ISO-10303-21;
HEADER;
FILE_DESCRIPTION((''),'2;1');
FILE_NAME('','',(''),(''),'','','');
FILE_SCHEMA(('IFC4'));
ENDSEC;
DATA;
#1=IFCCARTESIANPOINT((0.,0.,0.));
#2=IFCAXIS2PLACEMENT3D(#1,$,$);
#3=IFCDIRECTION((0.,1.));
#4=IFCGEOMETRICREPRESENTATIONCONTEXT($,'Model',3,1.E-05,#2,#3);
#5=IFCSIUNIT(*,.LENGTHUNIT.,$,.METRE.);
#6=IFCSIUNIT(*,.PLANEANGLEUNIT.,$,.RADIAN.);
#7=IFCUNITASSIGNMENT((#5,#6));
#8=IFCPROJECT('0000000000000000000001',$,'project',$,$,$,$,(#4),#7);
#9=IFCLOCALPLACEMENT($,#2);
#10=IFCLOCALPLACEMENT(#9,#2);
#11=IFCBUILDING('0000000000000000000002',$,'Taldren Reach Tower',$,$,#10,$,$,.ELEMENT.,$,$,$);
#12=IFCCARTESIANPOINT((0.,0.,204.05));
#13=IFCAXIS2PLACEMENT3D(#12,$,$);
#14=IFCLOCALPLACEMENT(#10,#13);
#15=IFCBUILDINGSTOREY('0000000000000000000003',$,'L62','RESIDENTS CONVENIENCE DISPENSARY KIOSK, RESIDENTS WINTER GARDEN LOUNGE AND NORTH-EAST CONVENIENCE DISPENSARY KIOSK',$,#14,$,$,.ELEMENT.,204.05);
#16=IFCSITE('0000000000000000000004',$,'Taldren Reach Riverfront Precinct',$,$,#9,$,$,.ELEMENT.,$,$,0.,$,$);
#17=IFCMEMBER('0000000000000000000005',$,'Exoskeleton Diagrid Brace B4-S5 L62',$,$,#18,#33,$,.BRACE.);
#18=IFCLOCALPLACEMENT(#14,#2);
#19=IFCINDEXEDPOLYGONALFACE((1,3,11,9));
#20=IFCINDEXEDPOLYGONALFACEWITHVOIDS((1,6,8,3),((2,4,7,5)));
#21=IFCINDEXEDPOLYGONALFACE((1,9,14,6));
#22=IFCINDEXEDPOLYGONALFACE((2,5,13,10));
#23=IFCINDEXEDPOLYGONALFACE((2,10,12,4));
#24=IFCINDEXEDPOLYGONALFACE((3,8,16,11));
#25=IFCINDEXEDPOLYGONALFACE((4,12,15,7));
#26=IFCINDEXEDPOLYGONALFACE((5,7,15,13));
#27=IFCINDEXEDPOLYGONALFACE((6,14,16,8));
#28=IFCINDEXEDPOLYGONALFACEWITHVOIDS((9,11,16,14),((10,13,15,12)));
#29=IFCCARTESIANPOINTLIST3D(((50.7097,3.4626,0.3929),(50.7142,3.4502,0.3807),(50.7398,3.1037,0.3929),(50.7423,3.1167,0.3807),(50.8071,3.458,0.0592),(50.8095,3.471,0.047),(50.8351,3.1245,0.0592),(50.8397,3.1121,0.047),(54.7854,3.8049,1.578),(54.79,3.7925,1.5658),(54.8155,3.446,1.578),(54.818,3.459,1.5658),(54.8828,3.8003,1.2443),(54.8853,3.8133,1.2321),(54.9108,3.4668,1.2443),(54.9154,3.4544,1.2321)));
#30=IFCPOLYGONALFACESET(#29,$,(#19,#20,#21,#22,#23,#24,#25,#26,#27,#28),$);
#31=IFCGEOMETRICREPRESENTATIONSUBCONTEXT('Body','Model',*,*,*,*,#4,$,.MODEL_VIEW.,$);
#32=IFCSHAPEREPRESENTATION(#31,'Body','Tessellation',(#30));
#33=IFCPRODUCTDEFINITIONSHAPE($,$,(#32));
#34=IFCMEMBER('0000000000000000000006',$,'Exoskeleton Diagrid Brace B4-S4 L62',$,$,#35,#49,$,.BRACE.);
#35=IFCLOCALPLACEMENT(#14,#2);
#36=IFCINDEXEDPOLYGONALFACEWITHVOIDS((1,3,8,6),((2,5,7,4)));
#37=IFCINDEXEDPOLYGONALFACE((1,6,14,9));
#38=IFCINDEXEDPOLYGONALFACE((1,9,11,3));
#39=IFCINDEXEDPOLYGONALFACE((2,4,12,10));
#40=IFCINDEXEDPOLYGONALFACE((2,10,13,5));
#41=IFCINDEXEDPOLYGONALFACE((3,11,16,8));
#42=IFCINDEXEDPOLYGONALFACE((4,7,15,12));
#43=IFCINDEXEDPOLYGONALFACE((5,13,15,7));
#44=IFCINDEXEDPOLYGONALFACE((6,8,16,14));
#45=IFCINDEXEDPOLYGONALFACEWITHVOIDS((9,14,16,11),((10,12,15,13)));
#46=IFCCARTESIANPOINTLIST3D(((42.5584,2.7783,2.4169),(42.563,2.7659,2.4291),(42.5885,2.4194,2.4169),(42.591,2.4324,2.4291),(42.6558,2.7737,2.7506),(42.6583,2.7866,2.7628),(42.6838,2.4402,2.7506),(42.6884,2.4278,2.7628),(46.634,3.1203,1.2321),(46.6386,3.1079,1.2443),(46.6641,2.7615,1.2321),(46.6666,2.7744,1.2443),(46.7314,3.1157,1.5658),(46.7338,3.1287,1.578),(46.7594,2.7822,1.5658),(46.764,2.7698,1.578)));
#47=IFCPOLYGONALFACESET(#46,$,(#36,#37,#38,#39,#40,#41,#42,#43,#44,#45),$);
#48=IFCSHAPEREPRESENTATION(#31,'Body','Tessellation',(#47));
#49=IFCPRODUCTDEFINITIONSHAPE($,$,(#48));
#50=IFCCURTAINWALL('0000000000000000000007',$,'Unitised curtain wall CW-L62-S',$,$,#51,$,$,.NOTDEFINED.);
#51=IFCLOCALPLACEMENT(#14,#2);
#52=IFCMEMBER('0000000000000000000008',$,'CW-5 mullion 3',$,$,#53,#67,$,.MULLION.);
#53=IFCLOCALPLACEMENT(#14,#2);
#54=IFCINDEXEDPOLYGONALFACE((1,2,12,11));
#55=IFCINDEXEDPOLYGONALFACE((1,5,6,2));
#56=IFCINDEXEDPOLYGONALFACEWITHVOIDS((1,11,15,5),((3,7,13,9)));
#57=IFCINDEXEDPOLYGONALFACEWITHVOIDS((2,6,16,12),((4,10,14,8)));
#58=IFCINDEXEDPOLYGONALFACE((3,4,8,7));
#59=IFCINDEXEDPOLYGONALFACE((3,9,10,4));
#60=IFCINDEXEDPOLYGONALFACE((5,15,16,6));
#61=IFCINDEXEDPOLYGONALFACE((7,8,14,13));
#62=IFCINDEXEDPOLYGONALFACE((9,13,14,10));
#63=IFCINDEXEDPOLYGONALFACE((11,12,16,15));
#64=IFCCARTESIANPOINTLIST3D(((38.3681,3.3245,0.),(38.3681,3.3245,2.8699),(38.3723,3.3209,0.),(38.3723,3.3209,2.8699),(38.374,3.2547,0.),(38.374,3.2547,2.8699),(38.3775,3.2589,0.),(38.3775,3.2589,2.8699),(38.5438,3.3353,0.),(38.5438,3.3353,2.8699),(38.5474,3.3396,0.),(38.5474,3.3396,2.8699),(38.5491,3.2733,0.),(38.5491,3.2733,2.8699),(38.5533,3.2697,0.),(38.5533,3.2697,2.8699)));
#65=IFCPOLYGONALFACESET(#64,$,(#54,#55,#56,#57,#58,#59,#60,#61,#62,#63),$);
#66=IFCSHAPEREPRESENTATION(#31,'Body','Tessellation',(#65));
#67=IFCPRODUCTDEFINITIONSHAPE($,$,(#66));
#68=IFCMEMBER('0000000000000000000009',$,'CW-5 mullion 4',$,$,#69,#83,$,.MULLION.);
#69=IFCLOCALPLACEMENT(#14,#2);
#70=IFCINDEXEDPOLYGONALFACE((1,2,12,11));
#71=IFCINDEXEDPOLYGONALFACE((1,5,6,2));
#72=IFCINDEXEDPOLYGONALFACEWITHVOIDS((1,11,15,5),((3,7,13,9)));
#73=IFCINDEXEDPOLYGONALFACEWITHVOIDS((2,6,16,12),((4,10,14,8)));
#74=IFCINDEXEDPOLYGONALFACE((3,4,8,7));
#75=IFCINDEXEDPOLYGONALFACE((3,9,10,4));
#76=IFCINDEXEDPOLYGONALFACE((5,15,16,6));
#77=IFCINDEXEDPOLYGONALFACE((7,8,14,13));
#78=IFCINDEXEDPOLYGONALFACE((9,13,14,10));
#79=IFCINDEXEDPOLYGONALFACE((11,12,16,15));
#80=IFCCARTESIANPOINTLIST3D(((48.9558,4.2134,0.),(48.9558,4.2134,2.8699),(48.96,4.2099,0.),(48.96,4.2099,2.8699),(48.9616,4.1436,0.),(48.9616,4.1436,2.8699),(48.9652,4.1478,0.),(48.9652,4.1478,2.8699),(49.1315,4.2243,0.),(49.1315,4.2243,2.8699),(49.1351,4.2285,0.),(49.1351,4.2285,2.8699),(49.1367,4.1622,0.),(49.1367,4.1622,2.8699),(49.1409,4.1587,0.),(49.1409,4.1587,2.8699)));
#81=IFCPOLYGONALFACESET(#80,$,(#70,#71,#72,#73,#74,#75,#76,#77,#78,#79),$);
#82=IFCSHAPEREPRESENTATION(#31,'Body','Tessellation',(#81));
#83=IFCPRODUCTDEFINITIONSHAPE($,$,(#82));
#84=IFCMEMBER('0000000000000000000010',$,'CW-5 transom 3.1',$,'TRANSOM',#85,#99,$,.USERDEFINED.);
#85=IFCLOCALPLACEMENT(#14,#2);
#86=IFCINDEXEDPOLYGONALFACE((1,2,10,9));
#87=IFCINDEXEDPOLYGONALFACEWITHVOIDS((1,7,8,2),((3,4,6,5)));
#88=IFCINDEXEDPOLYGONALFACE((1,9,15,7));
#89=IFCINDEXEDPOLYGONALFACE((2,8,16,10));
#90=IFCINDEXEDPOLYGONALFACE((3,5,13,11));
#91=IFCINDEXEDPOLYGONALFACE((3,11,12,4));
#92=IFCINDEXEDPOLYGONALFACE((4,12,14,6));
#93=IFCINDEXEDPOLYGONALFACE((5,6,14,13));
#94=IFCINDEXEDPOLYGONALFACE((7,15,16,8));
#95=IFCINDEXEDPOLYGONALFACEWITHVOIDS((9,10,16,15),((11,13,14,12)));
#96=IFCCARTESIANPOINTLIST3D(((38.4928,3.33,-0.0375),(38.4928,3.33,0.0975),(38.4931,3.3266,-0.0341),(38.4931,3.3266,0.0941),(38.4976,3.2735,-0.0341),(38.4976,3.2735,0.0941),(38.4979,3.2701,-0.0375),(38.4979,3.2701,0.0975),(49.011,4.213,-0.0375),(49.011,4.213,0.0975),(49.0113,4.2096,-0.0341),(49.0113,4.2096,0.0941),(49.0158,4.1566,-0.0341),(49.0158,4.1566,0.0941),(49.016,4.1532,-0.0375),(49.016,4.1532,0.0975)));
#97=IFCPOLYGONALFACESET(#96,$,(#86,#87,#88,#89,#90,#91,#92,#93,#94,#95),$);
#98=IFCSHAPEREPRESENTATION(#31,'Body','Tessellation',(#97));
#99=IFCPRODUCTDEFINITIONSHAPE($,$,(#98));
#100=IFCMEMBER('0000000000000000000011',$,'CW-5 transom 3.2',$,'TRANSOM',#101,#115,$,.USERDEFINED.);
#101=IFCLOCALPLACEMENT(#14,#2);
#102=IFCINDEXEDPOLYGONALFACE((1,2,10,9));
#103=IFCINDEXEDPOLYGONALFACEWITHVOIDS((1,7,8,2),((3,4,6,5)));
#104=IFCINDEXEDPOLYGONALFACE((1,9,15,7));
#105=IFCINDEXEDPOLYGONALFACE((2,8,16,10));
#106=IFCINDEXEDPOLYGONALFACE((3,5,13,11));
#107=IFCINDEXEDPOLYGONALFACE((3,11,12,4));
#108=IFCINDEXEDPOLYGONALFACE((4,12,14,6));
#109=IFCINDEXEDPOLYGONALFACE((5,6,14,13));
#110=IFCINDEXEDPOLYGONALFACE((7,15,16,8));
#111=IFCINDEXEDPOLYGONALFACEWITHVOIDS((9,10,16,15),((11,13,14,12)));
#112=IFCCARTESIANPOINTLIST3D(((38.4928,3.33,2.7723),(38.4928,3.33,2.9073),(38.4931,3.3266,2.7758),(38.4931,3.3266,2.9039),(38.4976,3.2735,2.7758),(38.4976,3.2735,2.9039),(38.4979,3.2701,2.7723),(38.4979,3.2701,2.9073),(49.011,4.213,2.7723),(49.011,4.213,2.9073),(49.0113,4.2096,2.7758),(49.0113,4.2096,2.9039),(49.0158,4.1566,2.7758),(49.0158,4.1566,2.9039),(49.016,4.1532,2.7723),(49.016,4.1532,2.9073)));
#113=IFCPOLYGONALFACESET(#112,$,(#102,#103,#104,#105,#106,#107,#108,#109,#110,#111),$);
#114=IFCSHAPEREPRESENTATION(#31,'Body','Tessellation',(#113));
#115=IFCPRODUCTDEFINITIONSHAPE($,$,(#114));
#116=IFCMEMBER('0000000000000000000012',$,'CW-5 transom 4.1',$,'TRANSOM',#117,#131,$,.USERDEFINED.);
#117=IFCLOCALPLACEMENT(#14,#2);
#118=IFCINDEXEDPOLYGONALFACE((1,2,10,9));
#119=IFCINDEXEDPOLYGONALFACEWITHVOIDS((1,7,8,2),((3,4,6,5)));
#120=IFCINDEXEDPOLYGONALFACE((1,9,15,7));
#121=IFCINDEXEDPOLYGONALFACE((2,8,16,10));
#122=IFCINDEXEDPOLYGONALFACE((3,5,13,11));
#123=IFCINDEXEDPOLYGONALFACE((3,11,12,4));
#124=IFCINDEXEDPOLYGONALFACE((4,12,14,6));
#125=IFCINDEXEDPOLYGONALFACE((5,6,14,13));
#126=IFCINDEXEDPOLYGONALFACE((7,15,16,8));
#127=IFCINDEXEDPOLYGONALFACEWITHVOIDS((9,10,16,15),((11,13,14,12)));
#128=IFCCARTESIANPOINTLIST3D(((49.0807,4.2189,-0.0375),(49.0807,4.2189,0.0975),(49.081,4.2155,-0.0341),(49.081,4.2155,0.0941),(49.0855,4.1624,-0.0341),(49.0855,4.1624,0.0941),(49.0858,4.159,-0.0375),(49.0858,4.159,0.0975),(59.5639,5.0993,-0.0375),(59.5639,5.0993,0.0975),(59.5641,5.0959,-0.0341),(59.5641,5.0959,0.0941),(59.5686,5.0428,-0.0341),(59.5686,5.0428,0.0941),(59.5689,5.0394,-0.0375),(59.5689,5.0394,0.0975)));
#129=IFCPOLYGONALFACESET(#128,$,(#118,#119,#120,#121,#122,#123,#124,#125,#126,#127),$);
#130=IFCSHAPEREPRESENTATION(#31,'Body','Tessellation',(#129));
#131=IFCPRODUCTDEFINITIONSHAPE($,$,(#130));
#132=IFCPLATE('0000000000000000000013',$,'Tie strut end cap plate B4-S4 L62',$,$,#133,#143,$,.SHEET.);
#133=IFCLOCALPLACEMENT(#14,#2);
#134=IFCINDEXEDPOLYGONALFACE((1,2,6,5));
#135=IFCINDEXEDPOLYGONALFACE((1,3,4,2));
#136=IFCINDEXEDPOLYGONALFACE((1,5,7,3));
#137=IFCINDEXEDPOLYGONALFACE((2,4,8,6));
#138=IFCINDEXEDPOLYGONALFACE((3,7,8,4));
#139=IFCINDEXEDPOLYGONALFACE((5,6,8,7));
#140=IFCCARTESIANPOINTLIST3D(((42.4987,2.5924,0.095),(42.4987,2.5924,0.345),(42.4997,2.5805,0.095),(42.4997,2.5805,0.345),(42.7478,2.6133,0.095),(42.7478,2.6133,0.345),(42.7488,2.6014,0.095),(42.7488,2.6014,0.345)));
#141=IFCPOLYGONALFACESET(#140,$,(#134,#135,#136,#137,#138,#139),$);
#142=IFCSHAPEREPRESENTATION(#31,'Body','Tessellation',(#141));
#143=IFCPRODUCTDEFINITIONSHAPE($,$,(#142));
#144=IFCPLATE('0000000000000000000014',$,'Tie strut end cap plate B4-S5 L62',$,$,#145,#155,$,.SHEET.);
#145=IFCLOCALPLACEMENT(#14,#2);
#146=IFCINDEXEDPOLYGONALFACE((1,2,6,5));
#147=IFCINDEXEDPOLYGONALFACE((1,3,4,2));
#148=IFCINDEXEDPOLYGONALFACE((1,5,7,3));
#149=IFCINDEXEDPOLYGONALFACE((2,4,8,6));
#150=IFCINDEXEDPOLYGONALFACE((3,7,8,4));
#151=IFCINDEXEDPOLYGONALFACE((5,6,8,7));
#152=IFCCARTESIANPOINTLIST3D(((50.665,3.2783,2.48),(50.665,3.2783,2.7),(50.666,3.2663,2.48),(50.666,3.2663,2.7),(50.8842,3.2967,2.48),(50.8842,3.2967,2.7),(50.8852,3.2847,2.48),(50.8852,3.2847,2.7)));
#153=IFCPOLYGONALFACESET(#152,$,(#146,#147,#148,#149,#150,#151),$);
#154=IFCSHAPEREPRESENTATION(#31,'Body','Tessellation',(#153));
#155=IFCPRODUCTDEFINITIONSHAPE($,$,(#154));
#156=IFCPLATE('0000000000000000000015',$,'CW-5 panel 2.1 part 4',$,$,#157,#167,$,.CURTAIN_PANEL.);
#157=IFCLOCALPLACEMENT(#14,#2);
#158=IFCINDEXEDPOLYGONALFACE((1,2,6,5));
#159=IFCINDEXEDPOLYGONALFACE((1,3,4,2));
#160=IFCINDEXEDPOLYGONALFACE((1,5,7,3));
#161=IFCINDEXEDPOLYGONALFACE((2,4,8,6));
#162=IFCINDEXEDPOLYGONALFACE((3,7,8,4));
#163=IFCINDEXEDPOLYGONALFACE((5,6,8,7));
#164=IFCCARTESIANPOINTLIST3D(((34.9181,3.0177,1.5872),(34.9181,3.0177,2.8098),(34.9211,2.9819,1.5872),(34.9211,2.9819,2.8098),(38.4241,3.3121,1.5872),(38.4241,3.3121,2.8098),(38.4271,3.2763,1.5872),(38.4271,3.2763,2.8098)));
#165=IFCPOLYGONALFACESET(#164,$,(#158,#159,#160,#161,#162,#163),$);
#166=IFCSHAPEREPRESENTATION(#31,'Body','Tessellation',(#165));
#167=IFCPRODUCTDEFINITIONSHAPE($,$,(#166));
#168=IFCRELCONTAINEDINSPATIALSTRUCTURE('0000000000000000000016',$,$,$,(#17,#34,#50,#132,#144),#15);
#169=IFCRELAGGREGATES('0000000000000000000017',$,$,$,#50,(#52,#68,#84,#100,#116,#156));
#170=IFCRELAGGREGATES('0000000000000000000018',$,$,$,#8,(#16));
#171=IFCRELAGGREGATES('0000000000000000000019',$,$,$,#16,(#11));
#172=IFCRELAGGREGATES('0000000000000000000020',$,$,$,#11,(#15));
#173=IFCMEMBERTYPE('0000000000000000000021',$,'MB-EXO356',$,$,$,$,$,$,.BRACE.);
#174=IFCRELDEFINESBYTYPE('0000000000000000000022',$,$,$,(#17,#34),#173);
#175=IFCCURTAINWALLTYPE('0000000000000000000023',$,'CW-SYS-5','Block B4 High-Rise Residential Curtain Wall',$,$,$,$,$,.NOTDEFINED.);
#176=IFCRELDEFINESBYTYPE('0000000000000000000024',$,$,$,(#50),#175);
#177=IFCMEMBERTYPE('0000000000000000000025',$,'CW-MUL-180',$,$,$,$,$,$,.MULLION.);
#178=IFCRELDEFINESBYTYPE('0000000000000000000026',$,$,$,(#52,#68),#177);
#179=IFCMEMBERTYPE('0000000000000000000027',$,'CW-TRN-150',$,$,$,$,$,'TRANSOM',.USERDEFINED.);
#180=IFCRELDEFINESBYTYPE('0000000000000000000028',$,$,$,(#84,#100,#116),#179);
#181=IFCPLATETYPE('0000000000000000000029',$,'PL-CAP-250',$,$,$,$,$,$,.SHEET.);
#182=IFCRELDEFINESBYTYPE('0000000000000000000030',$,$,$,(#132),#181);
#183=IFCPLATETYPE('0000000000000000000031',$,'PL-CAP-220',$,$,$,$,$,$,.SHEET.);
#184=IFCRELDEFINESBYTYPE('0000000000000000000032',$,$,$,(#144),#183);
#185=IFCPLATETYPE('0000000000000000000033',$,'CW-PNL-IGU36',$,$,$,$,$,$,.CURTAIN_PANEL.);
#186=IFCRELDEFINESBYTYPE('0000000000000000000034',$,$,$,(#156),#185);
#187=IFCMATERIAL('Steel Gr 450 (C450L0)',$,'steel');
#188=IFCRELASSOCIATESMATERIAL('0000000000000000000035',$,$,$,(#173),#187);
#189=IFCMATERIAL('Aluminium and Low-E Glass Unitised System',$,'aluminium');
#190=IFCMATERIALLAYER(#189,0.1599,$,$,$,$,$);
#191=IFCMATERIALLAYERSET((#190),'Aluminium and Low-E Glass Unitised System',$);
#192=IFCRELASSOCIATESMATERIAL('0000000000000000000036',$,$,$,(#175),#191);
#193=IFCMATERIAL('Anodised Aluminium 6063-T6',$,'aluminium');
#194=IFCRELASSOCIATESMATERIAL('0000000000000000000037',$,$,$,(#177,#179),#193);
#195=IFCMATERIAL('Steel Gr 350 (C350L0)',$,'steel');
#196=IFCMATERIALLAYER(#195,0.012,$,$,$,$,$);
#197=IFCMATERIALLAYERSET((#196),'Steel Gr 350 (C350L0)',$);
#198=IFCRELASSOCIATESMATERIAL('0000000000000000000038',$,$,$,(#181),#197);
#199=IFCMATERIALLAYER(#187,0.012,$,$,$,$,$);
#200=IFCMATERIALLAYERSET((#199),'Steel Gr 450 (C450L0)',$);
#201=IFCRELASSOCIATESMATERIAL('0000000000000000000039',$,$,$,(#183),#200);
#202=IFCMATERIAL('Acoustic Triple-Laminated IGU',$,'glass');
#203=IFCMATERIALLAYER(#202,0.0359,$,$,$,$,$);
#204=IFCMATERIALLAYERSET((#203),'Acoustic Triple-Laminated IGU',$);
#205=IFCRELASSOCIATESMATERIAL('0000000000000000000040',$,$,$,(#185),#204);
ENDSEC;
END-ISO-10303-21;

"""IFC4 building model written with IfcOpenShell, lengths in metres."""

from ifc_helpers import new_model, si_unit, direction, frame, origin, origin_2d, place, context, subcontext, project, spatial, rectangle, hollow_rectangle, extrude, source, transform, mapped, material, layer, layer_set, material_profile, profile_set, type_object, element, aggregate, save


model = new_model("IFC4")

# Units and contexts
model_context = context("Model", 3, precision=1e-05, world=origin(), true_north=direction((0.0, 1.0)))
body_context = subcontext(model_context, "Body", "Model", "MODEL_VIEW")
ifc_project = project(units=[si_unit("LENGTHUNIT", "METRE"), si_unit("PLANEANGLEUNIT", "RADIAN")], contexts=[model_context])

# Site, building, storey
site_placement = place(None, origin())
site = spatial("IfcSite", under=ifc_project, at=site_placement, Name="Taldren Reach Riverfront Precinct", CompositionType="ELEMENT", RefElevation=0.0)
building_placement = place(site_placement, origin())
building = spatial("IfcBuilding", under=site, at=building_placement, Name="Taldren Reach Tower", CompositionType="ELEMENT")
storey_placement = place(building_placement, frame((0.0, 0.0, 204.05)))
storey = spatial("IfcBuildingStorey", under=building, at=storey_placement, Name="L62", Description="RESIDENTS CONVENIENCE DISPENSARY KIOSK, RESIDENTS WINTER GARDEN LOUNGE AND NORTH-EAST CONVENIENCE DISPENSARY KIOSK", CompositionType="ELEMENT", Elevation=204.05)

# Shared definitions
ifc_material_1 = material(Name="Steel Gr 350 (C350L0)", Category="steel")

# Members
ifc_material_2 = material(Name="Steel Gr 450 (C450L0)", Category="steel")
ifc_material_profile_1 = material_profile(ifc_material_2, hollow_rectangle(XDim=0.3601, YDim=0.3601, WallThickness=0.0127, at=origin_2d()), Name="360x360x12.7SHS")
ifc_profile_set_1 = profile_set([ifc_material_profile_1], Name="Steel Gr 450 (C450L0)")
member_type_1 = type_object("IfcMemberType", Name="MB-EXO356", PredefinedType="BRACE", material=ifc_profile_set_1)
shared_shape_1 = source(origin(), body_context, "Body", "SweptSolid", [
    extrude(hollow_rectangle(XDim=0.3601, YDim=0.3601, WallThickness=0.0127, at=origin_2d()), origin(), (0.0, 0.0, 1.0), 4.2583),
])
for number, where, z_axis, x_axis, name in (
    (1, (50.7747, 3.2874, 0.22), (0.957126, 0.080382, 0.278297), (-0.083688, 0.996492, 0.0), "Exoskeleton Diagrid Brace B4-S5 L62"),
):
    element("IfcMember", number, at=place(storey_placement, frame(where, z_axis=z_axis, x_axis=x_axis)), inside=storey, type_object=member_type_1, Name=name, PredefinedType="BRACE", context=body_context, shape_type="MappedRepresentation", body=[
        mapped(shared_shape_1, transform((0.0, 0.0, 0.0), scale=1.0)),
    ])
shared_shape_2 = source(origin(), body_context, "Body", "SweptSolid", [
    extrude(hollow_rectangle(XDim=0.3601, YDim=0.3601, WallThickness=0.0127, at=origin_2d()), origin(), (0.0, 0.0, 1.0), 4.2581),
])
member_1_placement = place(storey_placement, frame((46.699, 2.9451, 1.405), z_axis=(-0.957145, -0.080326, 0.278245), x_axis=(0.083628, -0.996497, 0.0)))
element("IfcMember", 2, at=member_1_placement, inside=storey, type_object=member_type_1, Name="Exoskeleton Diagrid Brace B4-S4 L62", PredefinedType="BRACE", context=body_context, shape_type="MappedRepresentation", body=[
    mapped(shared_shape_2, transform((0.0, 0.0, 0.0), scale=1.0)),
])

# Curtain wall, members
ifc_material_3 = material(Name="Aluminium and Low-E Glass Unitised System", Category="aluminium")
ifc_layer_1 = layer(ifc_material_3, 0.1599)
ifc_layer_set_1 = layer_set([ifc_layer_1], Name="Aluminium and Low-E Glass Unitised System")
curtain_wall_type = type_object("IfcCurtainWallType", Name="CW-SYS-5", Description="Block B4 High-Rise Residential Curtain Wall", PredefinedType="NOTDEFINED", material=ifc_layer_set_1)
curtain_wall_placement = place(storey_placement, origin())
curtain_wall = element("IfcCurtainWall", 3, at=curtain_wall_placement, inside=storey, type_object=curtain_wall_type, Name="Unitised curtain wall CW-L62-S", PredefinedType="NOTDEFINED")
ifc_material_4 = material(Name="Anodised Aluminium 6063-T6", Category="aluminium")
ifc_material_profile_2 = material_profile(ifc_material_4, hollow_rectangle(XDim=0.0701, YDim=0.1799, WallThickness=0.0039, at=origin_2d()), Name="ALU-180x70x4RHS")
ifc_profile_set_2 = profile_set([ifc_material_profile_2], Name="Anodised Aluminium 6063-T6")
member_type_2 = type_object("IfcMemberType", Name="CW-MUL-180", PredefinedType="MULLION", material=ifc_profile_set_2)
shared_shape_3 = source(origin(), body_context, "Body", "SweptSolid", [
    extrude(hollow_rectangle(XDim=0.0701, YDim=0.1799, WallThickness=0.0039, at=origin_2d()), origin(), (0.0, 0.0, 1.0), 2.8699),
])
member_2_placement = place(storey_placement, frame((38.4607, 3.2971, 0.0), z_axis=(0.0, 0.0, 1.0), x_axis=(-0.083678, 0.996493, 0.0)))
member_2 = element("IfcMember", 4, at=member_2_placement, type_object=member_type_2, Name="CW-5 mullion 3", PredefinedType="MULLION", context=body_context, shape_type="MappedRepresentation", body=[
    mapped(shared_shape_3, transform((0.0, 0.0, 0.0), scale=1.0)),
])
member_3_placement = place(storey_placement, frame((49.0483, 4.186, 0.0), z_axis=(0.0, 0.0, 1.0), x_axis=(-0.083678, 0.996493, 0.0)))
member_3 = element("IfcMember", 5, at=member_3_placement, type_object=member_type_2, Name="CW-5 mullion 4", PredefinedType="MULLION", context=body_context, shape_type="MappedRepresentation", body=[
    mapped(shared_shape_3, transform((0.0, 0.0, 0.0), scale=1.0)),
])
ifc_material_profile_3 = material_profile(ifc_material_4, hollow_rectangle(XDim=0.0601, YDim=0.135, WallThickness=0.0034, at=origin_2d()), Name="ALU-135x60x3.5RHS")
ifc_profile_set_3 = profile_set([ifc_material_profile_3], Name="Anodised Aluminium 6063-T6")
member_type_3 = type_object("IfcMemberType", Name="CW-TRN-150", ElementType="TRANSOM", PredefinedType="USERDEFINED", material=ifc_profile_set_3)
shared_shape_4 = source(origin(), body_context, "Body", "SweptSolid", [
    extrude(hollow_rectangle(XDim=0.0601, YDim=0.135, WallThickness=0.0034, at=origin_2d()), origin(), (0.0, 0.0, 1.0), 10.5552),
])
member_4_placement = place(storey_placement, frame((38.4954, 3.3, 0.03), z_axis=(0.996494, 0.083662, 0.0), x_axis=(-0.083662, 0.996494, 0.0)))
member_4 = element("IfcMember", 6, at=member_4_placement, type_object=member_type_3, Name="CW-5 transom 3.1", ObjectType="TRANSOM", PredefinedType="USERDEFINED", context=body_context, shape_type="MappedRepresentation", body=[
    mapped(shared_shape_4, transform((0.0, 0.0, 0.0), scale=1.0)),
])
member_5_placement = place(storey_placement, frame((38.4954, 3.3, 2.8398), z_axis=(0.996494, 0.083662, 0.0), x_axis=(-0.083662, 0.996494, 0.0)))
member_5 = element("IfcMember", 7, at=member_5_placement, type_object=member_type_3, Name="CW-5 transom 3.2", ObjectType="TRANSOM", PredefinedType="USERDEFINED", context=body_context, shape_type="MappedRepresentation", body=[
    mapped(shared_shape_4, transform((0.0, 0.0, 0.0), scale=1.0)),
])
shared_shape_5 = source(origin(), body_context, "Body", "SweptSolid", [
    extrude(hollow_rectangle(XDim=0.0601, YDim=0.135, WallThickness=0.0034, at=origin_2d()), origin(), (0.0, 0.0, 1.0), 10.52),
])
member_6_placement = place(storey_placement, frame((49.0833, 4.189, 0.03), z_axis=(0.996492, 0.083685, 0.0), x_axis=(-0.083685, 0.996492, 0.0)))
member_6 = element("IfcMember", 8, at=member_6_placement, type_object=member_type_3, Name="CW-5 transom 4.1", ObjectType="TRANSOM", PredefinedType="USERDEFINED", context=body_context, shape_type="MappedRepresentation", body=[
    mapped(shared_shape_5, transform((0.0, 0.0, 0.0), scale=1.0)),
])

# Plates
ifc_layer_2 = layer(ifc_material_1, 0.012)
ifc_layer_set_2 = layer_set([ifc_layer_2], Name="Steel Gr 350 (C350L0)")
plate_type_1 = type_object("IfcPlateType", Name="PL-CAP-250", PredefinedType="SHEET", material=ifc_layer_set_2)
shared_shape_6 = source(origin(), body_context, "Body", "SweptSolid", [
    extrude(rectangle(XDim=0.25, YDim=0.012, at=origin_2d()), origin(), (0.0, 0.0, 1.0), 0.25),
])
plate_1_placement = place(storey_placement, frame((42.6238, 2.5969, 0.095), z_axis=(0.0, 0.0, 1.0), x_axis=(0.996493, 0.083678, 0.0)))
element("IfcPlate", 9, at=plate_1_placement, inside=storey, type_object=plate_type_1, Name="Tie strut end cap plate B4-S4 L62", PredefinedType="SHEET", context=body_context, shape_type="MappedRepresentation", body=[
    mapped(shared_shape_6, transform((0.0, 0.0, 0.0), scale=1.0)),
])
ifc_layer_3 = layer(ifc_material_2, 0.012)
ifc_layer_set_3 = layer_set([ifc_layer_3], Name="Steel Gr 450 (C450L0)")
plate_type_2 = type_object("IfcPlateType", Name="PL-CAP-220", PredefinedType="SHEET", material=ifc_layer_set_3)
shared_shape_7 = source(origin(), body_context, "Body", "SweptSolid", [
    extrude(rectangle(XDim=0.22, YDim=0.012, at=origin_2d()), origin(), (0.0, 0.0, 1.0), 0.22),
])
plate_2_placement = place(storey_placement, frame((50.7751, 3.2815, 2.48), z_axis=(0.0, 0.0, 1.0), x_axis=(0.996493, 0.083678, 0.0)))
element("IfcPlate", 10, at=plate_2_placement, inside=storey, type_object=plate_type_2, Name="Tie strut end cap plate B4-S5 L62", PredefinedType="SHEET", context=body_context, shape_type="MappedRepresentation", body=[
    mapped(shared_shape_7, transform((0.0, 0.0, 0.0), scale=1.0)),
])

# Plate
ifc_material_5 = material(Name="Acoustic Triple-Laminated IGU", Category="glass")
ifc_layer_4 = layer(ifc_material_5, 0.0359)
ifc_layer_set_4 = layer_set([ifc_layer_4], Name="Acoustic Triple-Laminated IGU")
plate_type_3 = type_object("IfcPlateType", Name="CW-PNL-IGU36", PredefinedType="CURTAIN_PANEL", material=ifc_layer_set_4)
shared_shape_8 = source(origin(), body_context, "Body", "SweptSolid", [
    extrude(rectangle(XDim=3.5183, YDim=0.0359, at=origin_2d()), origin(), (0.0, 0.0, 1.0), 1.2227),
])
plate_3_placement = place(storey_placement, frame((36.6726, 3.147, 1.5872), z_axis=(0.0, 0.0, 1.0), x_axis=(0.996493, 0.083678, 0.0)))
plate_3 = element("IfcPlate", 11, at=plate_3_placement, type_object=plate_type_3, Name="CW-5 panel 2.1 part 4", PredefinedType="CURTAIN_PANEL", context=body_context, shape_type="MappedRepresentation", body=[
    mapped(shared_shape_8, transform((0.0, 0.0, 0.0), scale=1.0)),
])
aggregate(curtain_wall, [member_2, member_3, member_4, member_5, member_6, plate_3])

save(model, "model.ifc")
